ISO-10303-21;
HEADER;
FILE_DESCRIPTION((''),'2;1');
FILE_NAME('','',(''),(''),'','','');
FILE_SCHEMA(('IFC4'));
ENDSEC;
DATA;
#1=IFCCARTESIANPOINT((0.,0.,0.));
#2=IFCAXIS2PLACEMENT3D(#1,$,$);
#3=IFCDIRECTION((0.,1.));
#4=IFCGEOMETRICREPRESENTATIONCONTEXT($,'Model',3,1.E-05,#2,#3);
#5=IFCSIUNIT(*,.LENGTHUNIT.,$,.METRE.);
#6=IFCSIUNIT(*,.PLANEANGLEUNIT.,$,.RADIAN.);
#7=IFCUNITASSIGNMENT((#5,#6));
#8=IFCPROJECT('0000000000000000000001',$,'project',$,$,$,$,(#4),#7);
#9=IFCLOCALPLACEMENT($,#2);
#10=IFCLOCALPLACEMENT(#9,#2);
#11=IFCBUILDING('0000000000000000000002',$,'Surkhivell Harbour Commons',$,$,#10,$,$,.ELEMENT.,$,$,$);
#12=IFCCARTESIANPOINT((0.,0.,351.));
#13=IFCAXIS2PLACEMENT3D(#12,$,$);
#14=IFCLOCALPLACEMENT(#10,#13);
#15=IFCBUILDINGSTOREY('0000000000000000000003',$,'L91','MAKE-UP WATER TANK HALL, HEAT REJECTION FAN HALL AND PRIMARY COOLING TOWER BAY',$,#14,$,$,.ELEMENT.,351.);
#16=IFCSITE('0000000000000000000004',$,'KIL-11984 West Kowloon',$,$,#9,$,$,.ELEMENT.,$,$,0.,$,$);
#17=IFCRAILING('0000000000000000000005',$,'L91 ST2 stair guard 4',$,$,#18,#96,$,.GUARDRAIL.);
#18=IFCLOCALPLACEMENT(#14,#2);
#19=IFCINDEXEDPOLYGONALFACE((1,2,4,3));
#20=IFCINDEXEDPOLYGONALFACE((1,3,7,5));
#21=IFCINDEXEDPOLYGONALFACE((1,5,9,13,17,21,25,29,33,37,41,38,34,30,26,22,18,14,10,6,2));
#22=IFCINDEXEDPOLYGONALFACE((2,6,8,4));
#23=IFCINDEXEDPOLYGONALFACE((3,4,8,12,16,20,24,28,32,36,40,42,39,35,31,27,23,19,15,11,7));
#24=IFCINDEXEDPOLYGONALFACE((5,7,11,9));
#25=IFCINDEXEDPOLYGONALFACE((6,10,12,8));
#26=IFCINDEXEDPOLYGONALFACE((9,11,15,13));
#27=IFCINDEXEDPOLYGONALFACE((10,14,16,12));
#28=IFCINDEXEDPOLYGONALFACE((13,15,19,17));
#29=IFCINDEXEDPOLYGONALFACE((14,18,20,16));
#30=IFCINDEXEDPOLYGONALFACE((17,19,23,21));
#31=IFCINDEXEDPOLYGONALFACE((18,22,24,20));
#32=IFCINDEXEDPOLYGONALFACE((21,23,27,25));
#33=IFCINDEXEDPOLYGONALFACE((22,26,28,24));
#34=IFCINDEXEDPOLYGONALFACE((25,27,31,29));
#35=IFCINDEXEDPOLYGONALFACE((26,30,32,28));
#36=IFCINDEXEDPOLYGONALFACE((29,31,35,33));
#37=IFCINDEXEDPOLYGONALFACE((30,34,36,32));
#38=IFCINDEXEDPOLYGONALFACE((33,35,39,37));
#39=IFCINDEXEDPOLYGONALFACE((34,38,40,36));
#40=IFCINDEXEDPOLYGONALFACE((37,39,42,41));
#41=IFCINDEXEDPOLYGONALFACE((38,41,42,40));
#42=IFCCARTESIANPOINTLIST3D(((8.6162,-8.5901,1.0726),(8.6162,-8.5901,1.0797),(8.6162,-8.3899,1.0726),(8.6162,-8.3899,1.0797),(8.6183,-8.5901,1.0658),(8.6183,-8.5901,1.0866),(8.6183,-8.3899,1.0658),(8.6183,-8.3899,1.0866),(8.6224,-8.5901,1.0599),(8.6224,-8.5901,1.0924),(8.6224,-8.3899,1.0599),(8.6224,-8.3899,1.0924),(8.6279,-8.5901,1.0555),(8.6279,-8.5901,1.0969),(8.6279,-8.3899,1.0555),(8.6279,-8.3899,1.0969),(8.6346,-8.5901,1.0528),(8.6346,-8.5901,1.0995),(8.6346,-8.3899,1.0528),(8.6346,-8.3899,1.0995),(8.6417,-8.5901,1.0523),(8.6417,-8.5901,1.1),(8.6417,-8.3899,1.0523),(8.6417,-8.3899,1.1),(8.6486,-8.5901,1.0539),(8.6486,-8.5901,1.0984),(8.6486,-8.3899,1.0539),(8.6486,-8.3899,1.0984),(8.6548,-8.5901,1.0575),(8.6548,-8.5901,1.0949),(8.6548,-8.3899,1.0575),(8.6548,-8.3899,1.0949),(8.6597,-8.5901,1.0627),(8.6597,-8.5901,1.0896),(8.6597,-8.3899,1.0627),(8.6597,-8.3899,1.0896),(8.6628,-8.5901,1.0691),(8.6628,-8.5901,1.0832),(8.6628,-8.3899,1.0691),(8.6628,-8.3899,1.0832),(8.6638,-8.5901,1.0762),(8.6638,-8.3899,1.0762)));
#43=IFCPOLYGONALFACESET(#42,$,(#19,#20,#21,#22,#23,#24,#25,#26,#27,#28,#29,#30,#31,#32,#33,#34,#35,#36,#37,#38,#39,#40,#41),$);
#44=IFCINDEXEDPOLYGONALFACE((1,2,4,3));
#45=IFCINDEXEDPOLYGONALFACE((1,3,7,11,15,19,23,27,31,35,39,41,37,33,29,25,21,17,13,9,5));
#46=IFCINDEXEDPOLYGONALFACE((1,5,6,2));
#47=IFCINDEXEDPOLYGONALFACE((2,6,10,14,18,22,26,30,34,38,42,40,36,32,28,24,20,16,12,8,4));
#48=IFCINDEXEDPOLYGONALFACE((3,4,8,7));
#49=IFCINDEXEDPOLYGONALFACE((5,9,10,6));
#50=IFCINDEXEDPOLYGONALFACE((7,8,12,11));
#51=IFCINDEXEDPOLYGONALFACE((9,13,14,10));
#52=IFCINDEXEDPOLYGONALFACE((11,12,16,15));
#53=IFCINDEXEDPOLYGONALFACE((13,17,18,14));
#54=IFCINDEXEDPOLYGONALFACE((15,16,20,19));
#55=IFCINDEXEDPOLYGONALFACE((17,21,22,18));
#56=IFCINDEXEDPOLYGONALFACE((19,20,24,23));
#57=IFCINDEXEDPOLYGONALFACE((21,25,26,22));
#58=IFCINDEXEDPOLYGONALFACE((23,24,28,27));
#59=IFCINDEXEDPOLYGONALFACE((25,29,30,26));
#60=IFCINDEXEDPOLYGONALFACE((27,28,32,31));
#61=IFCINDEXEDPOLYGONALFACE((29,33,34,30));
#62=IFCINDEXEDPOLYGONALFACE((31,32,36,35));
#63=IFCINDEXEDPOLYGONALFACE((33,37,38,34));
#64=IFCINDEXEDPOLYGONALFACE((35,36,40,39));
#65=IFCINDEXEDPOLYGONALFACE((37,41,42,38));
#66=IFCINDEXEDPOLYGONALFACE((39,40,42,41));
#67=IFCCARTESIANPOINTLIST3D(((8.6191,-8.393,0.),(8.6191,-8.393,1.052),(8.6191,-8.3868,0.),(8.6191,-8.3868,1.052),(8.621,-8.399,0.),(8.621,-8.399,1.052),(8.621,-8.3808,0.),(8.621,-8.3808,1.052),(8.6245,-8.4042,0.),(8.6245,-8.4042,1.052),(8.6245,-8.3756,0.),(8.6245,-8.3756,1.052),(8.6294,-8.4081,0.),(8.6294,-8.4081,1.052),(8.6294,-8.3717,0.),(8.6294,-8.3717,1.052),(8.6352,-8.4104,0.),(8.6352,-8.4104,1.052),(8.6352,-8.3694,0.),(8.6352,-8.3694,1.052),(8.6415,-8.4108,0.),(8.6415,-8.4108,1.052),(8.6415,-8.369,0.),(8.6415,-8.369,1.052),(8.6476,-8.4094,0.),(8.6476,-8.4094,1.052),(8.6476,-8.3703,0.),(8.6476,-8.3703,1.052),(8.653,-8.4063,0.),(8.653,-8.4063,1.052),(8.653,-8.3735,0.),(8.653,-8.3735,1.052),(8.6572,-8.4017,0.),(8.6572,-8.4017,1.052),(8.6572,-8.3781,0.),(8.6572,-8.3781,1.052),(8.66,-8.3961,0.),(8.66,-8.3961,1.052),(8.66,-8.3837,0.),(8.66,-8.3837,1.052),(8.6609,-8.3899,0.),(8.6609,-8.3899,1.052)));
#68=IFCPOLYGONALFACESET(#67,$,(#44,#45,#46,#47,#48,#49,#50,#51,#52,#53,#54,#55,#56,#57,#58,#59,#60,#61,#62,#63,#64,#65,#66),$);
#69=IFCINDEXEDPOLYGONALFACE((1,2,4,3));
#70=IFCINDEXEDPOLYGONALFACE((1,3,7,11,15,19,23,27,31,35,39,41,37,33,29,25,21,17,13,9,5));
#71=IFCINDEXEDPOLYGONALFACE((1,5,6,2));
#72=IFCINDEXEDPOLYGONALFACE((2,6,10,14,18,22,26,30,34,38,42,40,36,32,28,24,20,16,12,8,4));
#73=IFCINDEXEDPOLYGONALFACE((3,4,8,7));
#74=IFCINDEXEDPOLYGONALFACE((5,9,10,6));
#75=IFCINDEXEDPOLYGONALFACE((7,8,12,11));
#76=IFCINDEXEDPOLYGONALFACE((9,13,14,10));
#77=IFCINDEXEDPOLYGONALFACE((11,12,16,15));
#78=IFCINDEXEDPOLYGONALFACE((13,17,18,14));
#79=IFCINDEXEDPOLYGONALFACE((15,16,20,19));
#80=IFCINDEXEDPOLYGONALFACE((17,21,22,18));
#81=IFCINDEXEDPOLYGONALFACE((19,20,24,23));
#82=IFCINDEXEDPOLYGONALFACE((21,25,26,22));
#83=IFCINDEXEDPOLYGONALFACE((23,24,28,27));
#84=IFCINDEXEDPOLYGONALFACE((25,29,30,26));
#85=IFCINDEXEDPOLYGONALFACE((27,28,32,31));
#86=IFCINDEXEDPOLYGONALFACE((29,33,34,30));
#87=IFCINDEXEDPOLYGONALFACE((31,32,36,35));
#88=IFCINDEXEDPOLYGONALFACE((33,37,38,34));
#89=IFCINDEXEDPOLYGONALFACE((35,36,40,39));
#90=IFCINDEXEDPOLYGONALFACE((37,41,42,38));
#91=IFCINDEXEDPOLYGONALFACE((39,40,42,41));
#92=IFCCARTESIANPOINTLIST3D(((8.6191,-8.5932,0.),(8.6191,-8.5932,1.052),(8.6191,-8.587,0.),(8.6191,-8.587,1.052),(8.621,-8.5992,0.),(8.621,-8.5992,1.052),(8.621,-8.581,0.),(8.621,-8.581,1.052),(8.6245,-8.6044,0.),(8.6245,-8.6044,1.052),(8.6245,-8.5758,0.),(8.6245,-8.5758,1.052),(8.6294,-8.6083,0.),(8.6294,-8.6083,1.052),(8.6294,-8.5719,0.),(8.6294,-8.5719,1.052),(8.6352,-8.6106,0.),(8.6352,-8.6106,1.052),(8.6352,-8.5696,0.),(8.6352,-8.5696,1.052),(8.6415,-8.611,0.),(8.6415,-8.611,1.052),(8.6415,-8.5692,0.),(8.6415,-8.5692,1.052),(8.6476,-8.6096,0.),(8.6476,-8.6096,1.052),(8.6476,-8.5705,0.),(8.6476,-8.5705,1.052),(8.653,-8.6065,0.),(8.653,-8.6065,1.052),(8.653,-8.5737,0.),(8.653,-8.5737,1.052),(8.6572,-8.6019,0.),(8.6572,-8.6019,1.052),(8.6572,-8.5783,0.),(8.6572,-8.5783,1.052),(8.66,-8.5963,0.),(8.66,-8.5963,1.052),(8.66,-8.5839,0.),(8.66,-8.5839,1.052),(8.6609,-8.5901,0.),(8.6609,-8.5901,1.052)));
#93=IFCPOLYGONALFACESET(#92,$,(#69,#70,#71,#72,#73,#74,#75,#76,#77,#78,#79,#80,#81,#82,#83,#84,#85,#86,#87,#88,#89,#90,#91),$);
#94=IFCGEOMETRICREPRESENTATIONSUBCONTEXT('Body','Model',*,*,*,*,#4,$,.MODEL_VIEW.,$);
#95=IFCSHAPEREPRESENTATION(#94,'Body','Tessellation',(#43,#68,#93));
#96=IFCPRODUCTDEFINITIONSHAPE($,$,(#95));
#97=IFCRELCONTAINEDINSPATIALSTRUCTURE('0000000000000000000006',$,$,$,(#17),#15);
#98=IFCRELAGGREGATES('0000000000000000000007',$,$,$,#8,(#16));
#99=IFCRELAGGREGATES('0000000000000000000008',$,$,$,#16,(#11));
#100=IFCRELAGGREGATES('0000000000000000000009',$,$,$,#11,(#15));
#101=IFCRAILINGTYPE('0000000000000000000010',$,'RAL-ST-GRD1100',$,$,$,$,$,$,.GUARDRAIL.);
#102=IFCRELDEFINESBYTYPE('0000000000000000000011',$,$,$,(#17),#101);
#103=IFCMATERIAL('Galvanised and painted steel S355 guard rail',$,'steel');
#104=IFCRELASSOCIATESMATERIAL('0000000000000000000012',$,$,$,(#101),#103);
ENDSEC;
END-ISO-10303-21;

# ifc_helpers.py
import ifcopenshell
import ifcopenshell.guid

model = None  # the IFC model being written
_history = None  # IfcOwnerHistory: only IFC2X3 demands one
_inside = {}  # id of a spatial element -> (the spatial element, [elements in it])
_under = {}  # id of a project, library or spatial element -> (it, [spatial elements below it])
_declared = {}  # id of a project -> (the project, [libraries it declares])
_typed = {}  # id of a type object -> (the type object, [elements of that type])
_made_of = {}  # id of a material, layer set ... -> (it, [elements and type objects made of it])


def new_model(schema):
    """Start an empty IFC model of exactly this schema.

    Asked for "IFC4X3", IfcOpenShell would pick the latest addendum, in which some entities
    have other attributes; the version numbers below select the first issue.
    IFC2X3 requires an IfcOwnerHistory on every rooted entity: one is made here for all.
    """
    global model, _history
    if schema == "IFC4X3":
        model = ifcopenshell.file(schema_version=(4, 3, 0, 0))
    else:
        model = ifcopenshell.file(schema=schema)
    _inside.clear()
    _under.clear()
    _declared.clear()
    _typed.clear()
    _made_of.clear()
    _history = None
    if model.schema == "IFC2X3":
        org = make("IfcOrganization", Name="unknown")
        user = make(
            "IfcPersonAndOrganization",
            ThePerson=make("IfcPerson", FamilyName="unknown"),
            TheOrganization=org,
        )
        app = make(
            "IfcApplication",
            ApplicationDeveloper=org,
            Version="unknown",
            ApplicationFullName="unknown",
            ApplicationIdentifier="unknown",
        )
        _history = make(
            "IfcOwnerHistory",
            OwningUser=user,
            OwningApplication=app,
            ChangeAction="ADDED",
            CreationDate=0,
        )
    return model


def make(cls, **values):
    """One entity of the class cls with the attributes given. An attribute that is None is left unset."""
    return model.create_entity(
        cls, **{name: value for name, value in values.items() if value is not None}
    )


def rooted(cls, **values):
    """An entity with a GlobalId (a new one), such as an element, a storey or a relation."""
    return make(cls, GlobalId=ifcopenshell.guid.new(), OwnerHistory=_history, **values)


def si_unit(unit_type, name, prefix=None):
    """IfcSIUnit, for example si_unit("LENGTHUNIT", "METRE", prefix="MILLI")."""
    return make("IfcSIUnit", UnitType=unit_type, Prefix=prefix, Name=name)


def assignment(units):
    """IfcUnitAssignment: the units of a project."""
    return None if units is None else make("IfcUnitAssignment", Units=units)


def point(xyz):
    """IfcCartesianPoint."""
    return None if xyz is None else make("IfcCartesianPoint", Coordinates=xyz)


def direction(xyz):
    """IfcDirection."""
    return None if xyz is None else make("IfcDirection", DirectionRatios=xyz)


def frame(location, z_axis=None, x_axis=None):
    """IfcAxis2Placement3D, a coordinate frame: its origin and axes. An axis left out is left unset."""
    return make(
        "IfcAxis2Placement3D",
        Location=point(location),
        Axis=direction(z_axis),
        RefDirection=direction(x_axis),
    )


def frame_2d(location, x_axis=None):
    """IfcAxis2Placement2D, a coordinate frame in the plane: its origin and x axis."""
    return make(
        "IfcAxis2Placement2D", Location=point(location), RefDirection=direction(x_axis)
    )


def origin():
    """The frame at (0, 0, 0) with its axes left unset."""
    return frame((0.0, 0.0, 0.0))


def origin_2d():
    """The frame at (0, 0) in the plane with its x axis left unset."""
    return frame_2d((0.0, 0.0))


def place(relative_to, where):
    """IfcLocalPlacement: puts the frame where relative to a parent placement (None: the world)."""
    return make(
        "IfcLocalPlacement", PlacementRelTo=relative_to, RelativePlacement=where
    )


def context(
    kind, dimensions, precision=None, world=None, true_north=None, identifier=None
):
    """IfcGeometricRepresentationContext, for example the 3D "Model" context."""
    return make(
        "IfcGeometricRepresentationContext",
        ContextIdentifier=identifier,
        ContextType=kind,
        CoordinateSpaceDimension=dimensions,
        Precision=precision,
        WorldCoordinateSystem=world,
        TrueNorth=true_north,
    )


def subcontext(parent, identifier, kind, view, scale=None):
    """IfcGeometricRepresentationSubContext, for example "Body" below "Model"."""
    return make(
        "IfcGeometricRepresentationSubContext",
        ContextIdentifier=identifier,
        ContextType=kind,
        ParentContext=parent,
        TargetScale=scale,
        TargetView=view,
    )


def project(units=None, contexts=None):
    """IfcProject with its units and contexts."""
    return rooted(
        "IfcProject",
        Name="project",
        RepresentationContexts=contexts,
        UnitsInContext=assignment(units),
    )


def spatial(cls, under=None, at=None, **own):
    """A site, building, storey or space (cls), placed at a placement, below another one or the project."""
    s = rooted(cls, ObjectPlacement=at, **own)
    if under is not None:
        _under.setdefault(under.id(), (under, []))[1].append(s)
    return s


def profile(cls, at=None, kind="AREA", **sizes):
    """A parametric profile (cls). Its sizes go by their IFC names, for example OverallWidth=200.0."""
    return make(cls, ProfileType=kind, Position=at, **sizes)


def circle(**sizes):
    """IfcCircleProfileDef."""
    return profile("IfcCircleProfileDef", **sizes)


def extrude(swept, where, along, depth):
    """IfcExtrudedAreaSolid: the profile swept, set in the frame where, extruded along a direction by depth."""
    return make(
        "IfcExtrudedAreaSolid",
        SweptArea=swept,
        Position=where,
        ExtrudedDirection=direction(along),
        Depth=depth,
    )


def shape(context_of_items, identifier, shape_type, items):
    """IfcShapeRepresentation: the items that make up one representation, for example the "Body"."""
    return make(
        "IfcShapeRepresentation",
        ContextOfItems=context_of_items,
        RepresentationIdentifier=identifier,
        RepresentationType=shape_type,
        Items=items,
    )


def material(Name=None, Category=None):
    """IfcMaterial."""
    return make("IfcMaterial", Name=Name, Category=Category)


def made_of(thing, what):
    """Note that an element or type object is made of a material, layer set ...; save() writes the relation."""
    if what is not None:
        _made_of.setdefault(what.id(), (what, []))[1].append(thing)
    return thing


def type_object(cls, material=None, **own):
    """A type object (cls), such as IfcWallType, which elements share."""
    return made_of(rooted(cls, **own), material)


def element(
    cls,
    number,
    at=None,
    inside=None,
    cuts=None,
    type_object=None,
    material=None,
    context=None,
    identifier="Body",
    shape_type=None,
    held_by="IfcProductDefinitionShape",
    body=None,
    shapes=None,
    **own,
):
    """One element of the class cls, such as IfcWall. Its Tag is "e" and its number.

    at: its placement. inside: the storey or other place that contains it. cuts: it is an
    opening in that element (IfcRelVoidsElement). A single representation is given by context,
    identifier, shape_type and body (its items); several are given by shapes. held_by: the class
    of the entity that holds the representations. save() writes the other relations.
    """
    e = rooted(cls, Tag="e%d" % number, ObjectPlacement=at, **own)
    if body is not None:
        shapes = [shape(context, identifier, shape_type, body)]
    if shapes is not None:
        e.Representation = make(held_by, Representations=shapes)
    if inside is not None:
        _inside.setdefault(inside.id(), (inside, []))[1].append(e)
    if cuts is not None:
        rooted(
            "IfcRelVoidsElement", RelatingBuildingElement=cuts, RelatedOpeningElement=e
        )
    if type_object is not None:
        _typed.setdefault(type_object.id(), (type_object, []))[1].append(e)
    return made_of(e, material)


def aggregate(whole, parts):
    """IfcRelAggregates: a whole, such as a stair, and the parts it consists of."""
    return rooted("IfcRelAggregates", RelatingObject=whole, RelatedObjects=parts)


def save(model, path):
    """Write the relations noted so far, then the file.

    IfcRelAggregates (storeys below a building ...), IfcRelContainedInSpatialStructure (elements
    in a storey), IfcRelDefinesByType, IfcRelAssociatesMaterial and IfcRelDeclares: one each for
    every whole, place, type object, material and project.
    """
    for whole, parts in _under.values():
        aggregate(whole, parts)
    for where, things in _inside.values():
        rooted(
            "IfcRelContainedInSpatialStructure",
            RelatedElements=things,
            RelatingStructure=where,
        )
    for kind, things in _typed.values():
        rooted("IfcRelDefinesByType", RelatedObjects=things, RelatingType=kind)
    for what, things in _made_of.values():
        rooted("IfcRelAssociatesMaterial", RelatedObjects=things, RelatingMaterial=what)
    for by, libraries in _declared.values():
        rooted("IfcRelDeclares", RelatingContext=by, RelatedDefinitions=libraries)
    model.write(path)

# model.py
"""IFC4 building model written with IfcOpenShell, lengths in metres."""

from ifc_helpers import new_model, si_unit, direction, frame, origin, origin_2d, place, context, subcontext, project, spatial, circle, extrude, material, type_object, element, save


model = new_model("IFC4")

# Units and contexts
model_context = context("Model", 3, precision=1e-05, world=origin(), true_north=direction((0.0, 1.0)))
body_context = subcontext(model_context, "Body", "Model", "MODEL_VIEW")
ifc_project = project(units=[si_unit("LENGTHUNIT", "METRE"), si_unit("PLANEANGLEUNIT", "RADIAN")], contexts=[model_context])

# Site, building, storey
site_placement = place(None, origin())
site = spatial("IfcSite", under=ifc_project, at=site_placement, Name="KIL-11984 West Kowloon", CompositionType="ELEMENT", RefElevation=0.0)
building_placement = place(site_placement, origin())
building = spatial("IfcBuilding", under=site, at=building_placement, Name="Surkhivell Harbour Commons", CompositionType="ELEMENT")
storey_placement = place(building_placement, frame((0.0, 0.0, 351.0)))
storey = spatial("IfcBuildingStorey", under=building, at=storey_placement, Name="L91", Description="MAKE-UP WATER TANK HALL, HEAT REJECTION FAN HALL AND PRIMARY COOLING TOWER BAY", CompositionType="ELEMENT", Elevation=351.0)

# Railing
ifc_material_1 = material(Name="Galvanised and painted steel S355 guard rail", Category="steel")
railing_type_1 = type_object("IfcRailingType", Name="RAL-ST-GRD1100", PredefinedType="GUARDRAIL", material=ifc_material_1)
railing_1_placement = place(storey_placement, frame((8.6399, -8.3899, 0.0)))
element("IfcRailing", 1, at=railing_1_placement, inside=storey, type_object=railing_type_1, Name="L91 ST2 stair guard 4", PredefinedType="GUARDRAIL", context=body_context, shape_type="SweptSolid", body=[
    extrude(circle(Radius=0.0239, at=origin_2d()), frame((0.0, 0.0, 1.0762), z_axis=(0.0, -1.0, 0.0), x_axis=(1.0, 0.0, 0.0)), (0.0, 0.0, 1.0), 0.2002),
    extrude(circle(Radius=0.021, at=origin_2d()), origin(), (0.0, 0.0, 1.0), 1.052),
    extrude(circle(Radius=0.021, at=origin_2d()), frame((0.0, -0.2002, 0.0)), (0.0, 0.0, 1.0), 1.052),
])

save(model, "model.ifc")
